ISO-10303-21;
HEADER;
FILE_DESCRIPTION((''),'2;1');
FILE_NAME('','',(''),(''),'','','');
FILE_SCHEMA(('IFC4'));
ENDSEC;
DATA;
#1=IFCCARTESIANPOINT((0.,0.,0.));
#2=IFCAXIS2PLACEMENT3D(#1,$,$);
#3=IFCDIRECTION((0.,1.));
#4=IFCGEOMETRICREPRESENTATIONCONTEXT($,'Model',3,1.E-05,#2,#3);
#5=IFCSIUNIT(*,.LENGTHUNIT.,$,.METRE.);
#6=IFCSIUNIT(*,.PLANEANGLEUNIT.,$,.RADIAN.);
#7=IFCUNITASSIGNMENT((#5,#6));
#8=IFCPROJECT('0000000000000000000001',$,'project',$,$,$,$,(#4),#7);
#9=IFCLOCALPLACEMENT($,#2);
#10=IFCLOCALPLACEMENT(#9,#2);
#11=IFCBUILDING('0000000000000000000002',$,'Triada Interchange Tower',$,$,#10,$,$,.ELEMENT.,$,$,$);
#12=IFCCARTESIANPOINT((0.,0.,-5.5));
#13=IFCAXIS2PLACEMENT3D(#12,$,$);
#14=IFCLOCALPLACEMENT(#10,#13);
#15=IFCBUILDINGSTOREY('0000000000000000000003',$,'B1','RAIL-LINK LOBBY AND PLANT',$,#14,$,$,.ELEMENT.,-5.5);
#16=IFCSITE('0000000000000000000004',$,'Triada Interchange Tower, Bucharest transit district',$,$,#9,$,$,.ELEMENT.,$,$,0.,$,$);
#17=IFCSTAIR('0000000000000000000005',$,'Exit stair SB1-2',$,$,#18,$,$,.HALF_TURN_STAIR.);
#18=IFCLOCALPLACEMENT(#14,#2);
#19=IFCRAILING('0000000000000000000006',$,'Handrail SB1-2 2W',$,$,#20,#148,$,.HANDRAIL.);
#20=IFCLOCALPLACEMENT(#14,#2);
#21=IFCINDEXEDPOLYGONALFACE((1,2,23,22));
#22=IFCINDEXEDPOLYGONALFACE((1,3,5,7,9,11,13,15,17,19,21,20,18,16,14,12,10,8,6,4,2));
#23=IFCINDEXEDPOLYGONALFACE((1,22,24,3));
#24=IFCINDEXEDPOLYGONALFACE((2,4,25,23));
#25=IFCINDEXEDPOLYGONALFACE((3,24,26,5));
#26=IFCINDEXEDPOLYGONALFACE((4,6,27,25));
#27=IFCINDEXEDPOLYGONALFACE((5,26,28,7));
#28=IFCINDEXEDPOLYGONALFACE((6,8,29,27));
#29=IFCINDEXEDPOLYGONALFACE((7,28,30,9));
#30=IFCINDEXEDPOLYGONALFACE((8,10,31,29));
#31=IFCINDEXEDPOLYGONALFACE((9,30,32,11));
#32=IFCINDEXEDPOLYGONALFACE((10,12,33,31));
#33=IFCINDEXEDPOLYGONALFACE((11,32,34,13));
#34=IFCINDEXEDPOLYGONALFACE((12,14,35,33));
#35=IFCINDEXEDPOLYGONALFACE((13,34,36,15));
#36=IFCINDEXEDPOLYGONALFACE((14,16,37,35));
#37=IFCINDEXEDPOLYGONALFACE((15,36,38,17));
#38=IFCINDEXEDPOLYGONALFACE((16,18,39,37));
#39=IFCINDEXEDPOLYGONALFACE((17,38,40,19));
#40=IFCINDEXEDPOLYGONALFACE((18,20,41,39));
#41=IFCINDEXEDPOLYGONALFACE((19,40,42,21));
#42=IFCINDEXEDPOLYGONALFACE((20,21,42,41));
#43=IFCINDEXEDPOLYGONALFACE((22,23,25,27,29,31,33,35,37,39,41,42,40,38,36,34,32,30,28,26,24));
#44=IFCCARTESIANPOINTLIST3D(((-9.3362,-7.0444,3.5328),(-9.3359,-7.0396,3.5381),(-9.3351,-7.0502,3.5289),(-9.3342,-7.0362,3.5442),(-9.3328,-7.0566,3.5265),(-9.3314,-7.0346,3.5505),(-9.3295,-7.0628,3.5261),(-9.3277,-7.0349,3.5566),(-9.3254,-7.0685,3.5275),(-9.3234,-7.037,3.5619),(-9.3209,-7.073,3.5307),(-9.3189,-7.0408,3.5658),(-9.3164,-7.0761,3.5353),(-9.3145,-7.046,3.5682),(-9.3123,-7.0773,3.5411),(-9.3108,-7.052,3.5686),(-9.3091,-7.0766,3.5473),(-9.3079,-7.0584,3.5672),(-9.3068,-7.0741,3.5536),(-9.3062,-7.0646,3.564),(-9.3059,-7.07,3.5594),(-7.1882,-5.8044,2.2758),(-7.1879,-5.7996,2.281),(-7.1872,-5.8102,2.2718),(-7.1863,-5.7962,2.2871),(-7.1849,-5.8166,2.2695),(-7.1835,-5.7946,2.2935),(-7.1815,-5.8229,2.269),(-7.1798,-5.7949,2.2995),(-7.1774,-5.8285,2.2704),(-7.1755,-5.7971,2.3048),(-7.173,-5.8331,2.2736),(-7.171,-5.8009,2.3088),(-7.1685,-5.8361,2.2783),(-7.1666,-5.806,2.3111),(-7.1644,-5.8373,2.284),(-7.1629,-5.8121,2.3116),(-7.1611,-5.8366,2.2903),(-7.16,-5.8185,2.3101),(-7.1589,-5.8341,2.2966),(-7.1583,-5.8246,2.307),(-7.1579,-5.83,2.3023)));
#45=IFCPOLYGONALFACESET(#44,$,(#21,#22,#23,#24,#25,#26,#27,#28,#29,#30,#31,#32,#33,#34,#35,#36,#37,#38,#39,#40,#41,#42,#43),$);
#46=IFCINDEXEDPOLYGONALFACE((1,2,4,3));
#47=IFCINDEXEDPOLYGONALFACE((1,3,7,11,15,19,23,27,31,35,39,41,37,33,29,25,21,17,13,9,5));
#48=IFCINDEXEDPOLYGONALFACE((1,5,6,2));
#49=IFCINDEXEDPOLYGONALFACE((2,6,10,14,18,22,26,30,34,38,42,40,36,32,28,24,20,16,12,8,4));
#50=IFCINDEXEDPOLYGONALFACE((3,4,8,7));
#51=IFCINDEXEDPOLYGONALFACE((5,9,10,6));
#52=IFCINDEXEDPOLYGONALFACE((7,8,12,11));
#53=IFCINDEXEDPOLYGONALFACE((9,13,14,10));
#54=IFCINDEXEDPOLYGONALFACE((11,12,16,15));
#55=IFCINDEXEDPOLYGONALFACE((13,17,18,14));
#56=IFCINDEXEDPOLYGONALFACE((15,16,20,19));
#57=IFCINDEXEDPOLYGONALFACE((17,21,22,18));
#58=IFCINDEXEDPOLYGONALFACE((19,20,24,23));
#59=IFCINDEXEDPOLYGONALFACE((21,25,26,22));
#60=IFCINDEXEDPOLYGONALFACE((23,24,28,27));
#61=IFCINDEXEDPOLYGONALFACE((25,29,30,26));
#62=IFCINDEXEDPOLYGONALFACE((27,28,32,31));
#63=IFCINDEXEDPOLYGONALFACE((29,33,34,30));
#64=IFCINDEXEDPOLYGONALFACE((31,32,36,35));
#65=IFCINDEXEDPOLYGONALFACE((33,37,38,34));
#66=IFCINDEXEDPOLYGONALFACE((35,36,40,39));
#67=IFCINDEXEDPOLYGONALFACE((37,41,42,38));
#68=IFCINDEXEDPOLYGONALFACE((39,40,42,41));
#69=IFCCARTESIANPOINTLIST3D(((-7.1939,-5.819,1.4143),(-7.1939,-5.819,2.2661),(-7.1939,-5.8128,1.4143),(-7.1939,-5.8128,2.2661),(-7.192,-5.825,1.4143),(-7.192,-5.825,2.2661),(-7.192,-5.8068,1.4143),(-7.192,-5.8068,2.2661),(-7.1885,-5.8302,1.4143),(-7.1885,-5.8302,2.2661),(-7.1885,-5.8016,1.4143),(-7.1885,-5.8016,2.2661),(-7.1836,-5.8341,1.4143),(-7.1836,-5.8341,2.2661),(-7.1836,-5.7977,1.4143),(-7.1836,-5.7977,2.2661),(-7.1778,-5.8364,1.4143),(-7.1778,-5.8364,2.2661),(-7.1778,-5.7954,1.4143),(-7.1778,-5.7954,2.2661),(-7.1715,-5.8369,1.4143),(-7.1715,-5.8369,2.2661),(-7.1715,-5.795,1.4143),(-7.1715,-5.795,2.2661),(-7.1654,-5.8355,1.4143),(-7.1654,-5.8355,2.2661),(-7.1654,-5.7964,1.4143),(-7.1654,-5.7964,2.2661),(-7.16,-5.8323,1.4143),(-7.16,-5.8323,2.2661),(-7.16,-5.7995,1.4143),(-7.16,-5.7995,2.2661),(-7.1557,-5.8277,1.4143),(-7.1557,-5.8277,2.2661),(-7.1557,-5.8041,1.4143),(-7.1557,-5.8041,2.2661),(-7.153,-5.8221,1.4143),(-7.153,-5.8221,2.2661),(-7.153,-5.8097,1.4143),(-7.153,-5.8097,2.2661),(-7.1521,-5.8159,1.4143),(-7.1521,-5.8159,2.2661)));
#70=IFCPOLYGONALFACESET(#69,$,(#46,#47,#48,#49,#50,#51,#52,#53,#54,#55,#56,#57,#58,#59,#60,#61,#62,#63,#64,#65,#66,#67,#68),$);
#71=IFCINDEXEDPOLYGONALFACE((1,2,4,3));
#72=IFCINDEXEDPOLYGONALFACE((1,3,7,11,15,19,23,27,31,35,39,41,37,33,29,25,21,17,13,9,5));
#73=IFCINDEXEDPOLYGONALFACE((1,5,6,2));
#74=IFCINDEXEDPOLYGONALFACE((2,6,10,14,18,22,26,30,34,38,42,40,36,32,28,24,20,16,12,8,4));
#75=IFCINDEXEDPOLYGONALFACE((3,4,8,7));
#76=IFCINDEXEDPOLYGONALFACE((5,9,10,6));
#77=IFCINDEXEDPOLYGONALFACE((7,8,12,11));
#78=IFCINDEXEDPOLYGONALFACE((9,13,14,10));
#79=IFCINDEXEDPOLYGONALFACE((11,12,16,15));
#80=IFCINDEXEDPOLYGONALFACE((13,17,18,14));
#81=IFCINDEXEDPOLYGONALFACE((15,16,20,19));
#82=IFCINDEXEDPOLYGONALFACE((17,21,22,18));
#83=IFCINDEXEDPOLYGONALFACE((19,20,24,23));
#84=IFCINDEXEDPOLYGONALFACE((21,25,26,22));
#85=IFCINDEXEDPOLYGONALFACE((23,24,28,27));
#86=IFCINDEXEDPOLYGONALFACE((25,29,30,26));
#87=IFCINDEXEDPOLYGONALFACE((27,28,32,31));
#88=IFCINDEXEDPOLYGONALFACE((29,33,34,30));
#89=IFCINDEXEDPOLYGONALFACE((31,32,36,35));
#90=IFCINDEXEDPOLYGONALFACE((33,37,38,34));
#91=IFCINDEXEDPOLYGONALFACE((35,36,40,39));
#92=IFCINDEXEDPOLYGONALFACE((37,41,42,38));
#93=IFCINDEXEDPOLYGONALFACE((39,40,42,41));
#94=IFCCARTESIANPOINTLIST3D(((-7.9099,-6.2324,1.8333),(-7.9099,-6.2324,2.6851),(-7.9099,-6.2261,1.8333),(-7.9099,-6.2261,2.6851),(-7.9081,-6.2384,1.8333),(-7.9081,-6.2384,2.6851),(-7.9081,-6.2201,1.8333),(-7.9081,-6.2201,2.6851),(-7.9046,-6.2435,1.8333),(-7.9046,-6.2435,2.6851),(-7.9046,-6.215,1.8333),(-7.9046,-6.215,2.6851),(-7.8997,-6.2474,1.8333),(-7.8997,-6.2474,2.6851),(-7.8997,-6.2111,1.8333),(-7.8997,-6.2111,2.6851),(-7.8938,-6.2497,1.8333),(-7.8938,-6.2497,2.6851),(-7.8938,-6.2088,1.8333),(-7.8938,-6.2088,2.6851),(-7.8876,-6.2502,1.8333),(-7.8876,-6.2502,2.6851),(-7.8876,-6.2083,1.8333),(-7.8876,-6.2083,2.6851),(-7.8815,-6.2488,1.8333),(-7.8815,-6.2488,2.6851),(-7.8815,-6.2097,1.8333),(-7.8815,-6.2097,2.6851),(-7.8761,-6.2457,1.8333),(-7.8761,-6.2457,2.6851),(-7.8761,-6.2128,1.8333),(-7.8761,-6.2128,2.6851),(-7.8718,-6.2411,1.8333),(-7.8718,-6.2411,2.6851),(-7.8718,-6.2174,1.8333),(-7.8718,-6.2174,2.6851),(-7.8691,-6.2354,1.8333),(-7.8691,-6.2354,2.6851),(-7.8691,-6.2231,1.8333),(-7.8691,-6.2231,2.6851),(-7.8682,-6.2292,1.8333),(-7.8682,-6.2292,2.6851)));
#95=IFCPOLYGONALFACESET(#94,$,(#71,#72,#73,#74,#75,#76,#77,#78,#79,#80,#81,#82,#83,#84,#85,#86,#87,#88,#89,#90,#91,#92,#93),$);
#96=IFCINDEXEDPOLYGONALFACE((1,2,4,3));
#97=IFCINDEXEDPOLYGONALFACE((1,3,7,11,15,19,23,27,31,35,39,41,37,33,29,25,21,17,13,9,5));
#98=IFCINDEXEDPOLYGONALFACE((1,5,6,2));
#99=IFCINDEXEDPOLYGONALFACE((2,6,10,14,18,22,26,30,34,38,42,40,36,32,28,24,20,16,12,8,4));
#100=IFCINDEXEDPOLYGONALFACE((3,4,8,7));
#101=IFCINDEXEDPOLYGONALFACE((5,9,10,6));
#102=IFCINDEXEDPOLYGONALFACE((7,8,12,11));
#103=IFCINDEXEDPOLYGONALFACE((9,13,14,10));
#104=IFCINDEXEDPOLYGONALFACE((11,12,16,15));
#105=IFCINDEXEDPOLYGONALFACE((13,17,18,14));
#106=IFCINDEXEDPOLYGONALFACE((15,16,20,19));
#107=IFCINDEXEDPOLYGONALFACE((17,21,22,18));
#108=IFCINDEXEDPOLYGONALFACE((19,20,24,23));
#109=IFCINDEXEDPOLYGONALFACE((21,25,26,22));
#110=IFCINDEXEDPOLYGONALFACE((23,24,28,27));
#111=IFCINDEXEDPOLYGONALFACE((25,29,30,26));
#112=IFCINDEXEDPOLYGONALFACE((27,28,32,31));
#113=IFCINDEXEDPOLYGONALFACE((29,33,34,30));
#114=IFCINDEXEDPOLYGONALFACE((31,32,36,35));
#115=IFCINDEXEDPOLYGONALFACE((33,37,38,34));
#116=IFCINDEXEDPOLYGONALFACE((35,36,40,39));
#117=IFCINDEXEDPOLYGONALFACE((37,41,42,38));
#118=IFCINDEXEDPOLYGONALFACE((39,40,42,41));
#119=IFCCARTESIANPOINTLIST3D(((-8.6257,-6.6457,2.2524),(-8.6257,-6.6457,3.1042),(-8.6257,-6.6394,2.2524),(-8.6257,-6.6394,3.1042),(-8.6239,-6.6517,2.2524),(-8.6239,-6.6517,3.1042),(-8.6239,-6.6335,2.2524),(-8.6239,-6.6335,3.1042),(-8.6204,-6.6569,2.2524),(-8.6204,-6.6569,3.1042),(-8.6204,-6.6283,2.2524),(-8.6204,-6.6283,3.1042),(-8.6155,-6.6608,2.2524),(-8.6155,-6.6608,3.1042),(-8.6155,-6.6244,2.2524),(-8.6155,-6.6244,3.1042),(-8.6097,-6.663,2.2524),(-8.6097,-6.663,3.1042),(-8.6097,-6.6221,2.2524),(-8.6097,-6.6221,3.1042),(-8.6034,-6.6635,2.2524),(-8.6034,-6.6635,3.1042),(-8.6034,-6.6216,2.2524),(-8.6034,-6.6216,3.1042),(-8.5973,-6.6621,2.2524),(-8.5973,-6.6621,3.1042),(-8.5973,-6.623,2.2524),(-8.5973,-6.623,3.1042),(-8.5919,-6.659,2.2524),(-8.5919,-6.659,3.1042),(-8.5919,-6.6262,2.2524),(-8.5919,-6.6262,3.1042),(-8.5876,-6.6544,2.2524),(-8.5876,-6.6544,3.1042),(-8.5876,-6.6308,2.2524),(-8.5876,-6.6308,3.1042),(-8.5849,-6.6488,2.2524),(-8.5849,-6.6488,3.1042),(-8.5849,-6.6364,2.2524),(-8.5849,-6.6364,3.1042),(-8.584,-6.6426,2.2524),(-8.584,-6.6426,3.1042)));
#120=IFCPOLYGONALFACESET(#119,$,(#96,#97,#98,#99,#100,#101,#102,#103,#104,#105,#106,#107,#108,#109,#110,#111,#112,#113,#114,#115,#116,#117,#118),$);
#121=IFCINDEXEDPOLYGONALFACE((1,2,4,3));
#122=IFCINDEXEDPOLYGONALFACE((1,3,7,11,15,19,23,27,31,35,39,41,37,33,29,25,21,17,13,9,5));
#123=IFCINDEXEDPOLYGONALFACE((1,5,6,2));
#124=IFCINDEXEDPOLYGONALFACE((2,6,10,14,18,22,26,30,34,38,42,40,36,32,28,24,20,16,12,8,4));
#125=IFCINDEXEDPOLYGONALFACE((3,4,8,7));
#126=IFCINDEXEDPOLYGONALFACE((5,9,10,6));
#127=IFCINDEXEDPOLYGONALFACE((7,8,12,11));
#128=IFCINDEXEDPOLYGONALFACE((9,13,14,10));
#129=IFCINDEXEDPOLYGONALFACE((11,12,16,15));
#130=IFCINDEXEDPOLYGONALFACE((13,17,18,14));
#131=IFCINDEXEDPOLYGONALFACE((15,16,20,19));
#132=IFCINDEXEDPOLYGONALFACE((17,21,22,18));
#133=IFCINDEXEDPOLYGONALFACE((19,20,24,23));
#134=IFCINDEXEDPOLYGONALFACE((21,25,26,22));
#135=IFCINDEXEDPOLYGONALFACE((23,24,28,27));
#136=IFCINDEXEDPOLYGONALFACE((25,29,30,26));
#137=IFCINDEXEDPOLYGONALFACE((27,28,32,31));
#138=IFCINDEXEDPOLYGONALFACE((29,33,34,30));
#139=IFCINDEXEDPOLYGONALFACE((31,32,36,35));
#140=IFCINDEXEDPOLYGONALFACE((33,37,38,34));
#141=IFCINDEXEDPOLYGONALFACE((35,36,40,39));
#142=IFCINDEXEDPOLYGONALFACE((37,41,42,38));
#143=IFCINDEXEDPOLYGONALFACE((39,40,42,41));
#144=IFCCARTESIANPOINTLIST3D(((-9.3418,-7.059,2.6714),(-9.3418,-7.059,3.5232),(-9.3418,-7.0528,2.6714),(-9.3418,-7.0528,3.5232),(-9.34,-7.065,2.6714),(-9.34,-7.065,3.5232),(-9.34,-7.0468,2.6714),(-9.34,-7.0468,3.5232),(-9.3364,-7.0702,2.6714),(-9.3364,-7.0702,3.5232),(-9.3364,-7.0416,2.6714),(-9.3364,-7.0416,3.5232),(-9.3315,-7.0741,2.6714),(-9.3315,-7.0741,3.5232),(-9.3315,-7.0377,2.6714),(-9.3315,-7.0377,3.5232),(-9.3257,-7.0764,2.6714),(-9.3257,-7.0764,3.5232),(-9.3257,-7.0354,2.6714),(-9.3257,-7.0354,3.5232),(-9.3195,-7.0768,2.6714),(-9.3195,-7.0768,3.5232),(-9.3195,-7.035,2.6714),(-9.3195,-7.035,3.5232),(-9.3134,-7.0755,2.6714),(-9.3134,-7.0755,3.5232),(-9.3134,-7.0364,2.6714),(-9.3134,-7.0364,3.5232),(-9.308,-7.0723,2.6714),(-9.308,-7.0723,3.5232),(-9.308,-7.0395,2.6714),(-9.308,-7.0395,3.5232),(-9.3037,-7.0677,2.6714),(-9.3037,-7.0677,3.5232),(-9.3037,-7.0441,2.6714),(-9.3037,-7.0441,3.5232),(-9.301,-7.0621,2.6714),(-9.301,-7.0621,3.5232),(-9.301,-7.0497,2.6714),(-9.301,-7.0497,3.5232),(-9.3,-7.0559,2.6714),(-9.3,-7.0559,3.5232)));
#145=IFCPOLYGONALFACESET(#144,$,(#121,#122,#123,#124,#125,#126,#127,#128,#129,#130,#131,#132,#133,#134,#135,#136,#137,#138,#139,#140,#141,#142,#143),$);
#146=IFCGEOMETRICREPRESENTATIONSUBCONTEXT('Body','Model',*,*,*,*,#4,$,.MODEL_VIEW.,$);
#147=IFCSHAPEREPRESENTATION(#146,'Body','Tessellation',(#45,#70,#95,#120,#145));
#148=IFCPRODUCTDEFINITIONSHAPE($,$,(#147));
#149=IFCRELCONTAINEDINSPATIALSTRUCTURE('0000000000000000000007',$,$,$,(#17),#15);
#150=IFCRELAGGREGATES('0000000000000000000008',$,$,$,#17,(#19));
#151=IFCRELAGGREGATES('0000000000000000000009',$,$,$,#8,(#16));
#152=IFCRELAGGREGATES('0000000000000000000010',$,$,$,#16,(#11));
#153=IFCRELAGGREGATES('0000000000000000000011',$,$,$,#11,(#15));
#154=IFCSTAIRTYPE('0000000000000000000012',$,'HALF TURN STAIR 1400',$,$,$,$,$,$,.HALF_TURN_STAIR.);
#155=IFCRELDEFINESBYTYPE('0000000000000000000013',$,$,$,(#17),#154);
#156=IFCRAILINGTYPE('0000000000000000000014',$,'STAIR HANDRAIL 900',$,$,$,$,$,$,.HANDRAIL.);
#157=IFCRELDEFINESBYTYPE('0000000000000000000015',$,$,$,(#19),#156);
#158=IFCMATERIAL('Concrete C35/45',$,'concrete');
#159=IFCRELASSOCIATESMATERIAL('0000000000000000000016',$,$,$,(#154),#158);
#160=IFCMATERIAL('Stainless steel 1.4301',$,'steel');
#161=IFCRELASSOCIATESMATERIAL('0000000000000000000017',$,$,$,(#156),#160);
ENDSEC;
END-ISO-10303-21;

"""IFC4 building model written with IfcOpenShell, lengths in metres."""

from ifc_helpers import new_model, si_unit, direction, frame, origin, origin_2d, place, context, subcontext, project, spatial, circle, extrude, material, type_object, element, aggregate, save


model = new_model("IFC4")

# Units and contexts
model_context = context("Model", 3, precision=1e-05, world=origin(), true_north=direction((0.0, 1.0)))
body_context = subcontext(model_context, "Body", "Model", "MODEL_VIEW")
ifc_project = project(units=[si_unit("LENGTHUNIT", "METRE"), si_unit("PLANEANGLEUNIT", "RADIAN")], contexts=[model_context])

# Site, building, storey
site_placement = place(None, origin())
site = spatial("IfcSite", under=ifc_project, at=site_placement, Name="Triada Interchange Tower, Bucharest transit district", CompositionType="ELEMENT", RefElevation=0.0)
building_placement = place(site_placement, origin())
building = spatial("IfcBuilding", under=site, at=building_placement, Name="Triada Interchange Tower", CompositionType="ELEMENT")
storey_placement = place(building_placement, frame((0.0, 0.0, -5.5)))
storey = spatial("IfcBuildingStorey", under=building, at=storey_placement, Name="B1", Description="RAIL-LINK LOBBY AND PLANT", CompositionType="ELEMENT", Elevation=-5.5)

# Shared definitions
ifc_material_1 = material(Name="Concrete C35/45", Category="concrete")

# Stair, railing
stair_type = type_object("IfcStairType", Name="HALF TURN STAIR 1400", PredefinedType="HALF_TURN_STAIR", material=ifc_material_1)
stair_placement = place(storey_placement, origin())
stair = element("IfcStair", 1, at=stair_placement, inside=storey, type_object=stair_type, Name="Exit stair SB1-2", PredefinedType="HALF_TURN_STAIR")
ifc_material_2 = material(Name="Stainless steel 1.4301", Category="steel")
railing_type_1 = type_object("IfcRailingType", Name="STAIR HANDRAIL 900", PredefinedType="HANDRAIL", material=ifc_material_2)
railing_1_placement = place(storey_placement, frame((-7.1731, -5.8159, 1.4143)))
railing_1 = element("IfcRailing", 2, at=railing_1_placement, type_object=railing_type_1, Name="Handrail SB1-2 2W", PredefinedType="HANDRAIL", context=body_context, shape_type="SweptSolid", body=[
    extrude(circle(Radius=0.0239, at=origin_2d()), frame((0.0, 0.0, 0.876), z_axis=(-0.772488, -0.44595, 0.452096), x_axis=(0.499961, -0.866048, 0.0)), (0.0, 0.0, 1.0), 2.7805),
    extrude(circle(Radius=0.021, at=origin_2d()), origin(), (0.0, 0.0, 1.0), 0.8518),
    extrude(circle(Radius=0.021, at=origin_2d()), frame((-0.7161, -0.4133, 0.4189)), (0.0, 0.0, 1.0), 0.8518),
    extrude(circle(Radius=0.021, at=origin_2d()), frame((-1.4319, -0.8267, 0.8381)), (0.0, 0.0, 1.0), 0.8518),
    extrude(circle(Radius=0.021, at=origin_2d()), frame((-2.1479, -1.24, 1.2571)), (0.0, 0.0, 1.0), 0.8518),
])
aggregate(stair, [railing_1])

save(model, "model.ifc")
